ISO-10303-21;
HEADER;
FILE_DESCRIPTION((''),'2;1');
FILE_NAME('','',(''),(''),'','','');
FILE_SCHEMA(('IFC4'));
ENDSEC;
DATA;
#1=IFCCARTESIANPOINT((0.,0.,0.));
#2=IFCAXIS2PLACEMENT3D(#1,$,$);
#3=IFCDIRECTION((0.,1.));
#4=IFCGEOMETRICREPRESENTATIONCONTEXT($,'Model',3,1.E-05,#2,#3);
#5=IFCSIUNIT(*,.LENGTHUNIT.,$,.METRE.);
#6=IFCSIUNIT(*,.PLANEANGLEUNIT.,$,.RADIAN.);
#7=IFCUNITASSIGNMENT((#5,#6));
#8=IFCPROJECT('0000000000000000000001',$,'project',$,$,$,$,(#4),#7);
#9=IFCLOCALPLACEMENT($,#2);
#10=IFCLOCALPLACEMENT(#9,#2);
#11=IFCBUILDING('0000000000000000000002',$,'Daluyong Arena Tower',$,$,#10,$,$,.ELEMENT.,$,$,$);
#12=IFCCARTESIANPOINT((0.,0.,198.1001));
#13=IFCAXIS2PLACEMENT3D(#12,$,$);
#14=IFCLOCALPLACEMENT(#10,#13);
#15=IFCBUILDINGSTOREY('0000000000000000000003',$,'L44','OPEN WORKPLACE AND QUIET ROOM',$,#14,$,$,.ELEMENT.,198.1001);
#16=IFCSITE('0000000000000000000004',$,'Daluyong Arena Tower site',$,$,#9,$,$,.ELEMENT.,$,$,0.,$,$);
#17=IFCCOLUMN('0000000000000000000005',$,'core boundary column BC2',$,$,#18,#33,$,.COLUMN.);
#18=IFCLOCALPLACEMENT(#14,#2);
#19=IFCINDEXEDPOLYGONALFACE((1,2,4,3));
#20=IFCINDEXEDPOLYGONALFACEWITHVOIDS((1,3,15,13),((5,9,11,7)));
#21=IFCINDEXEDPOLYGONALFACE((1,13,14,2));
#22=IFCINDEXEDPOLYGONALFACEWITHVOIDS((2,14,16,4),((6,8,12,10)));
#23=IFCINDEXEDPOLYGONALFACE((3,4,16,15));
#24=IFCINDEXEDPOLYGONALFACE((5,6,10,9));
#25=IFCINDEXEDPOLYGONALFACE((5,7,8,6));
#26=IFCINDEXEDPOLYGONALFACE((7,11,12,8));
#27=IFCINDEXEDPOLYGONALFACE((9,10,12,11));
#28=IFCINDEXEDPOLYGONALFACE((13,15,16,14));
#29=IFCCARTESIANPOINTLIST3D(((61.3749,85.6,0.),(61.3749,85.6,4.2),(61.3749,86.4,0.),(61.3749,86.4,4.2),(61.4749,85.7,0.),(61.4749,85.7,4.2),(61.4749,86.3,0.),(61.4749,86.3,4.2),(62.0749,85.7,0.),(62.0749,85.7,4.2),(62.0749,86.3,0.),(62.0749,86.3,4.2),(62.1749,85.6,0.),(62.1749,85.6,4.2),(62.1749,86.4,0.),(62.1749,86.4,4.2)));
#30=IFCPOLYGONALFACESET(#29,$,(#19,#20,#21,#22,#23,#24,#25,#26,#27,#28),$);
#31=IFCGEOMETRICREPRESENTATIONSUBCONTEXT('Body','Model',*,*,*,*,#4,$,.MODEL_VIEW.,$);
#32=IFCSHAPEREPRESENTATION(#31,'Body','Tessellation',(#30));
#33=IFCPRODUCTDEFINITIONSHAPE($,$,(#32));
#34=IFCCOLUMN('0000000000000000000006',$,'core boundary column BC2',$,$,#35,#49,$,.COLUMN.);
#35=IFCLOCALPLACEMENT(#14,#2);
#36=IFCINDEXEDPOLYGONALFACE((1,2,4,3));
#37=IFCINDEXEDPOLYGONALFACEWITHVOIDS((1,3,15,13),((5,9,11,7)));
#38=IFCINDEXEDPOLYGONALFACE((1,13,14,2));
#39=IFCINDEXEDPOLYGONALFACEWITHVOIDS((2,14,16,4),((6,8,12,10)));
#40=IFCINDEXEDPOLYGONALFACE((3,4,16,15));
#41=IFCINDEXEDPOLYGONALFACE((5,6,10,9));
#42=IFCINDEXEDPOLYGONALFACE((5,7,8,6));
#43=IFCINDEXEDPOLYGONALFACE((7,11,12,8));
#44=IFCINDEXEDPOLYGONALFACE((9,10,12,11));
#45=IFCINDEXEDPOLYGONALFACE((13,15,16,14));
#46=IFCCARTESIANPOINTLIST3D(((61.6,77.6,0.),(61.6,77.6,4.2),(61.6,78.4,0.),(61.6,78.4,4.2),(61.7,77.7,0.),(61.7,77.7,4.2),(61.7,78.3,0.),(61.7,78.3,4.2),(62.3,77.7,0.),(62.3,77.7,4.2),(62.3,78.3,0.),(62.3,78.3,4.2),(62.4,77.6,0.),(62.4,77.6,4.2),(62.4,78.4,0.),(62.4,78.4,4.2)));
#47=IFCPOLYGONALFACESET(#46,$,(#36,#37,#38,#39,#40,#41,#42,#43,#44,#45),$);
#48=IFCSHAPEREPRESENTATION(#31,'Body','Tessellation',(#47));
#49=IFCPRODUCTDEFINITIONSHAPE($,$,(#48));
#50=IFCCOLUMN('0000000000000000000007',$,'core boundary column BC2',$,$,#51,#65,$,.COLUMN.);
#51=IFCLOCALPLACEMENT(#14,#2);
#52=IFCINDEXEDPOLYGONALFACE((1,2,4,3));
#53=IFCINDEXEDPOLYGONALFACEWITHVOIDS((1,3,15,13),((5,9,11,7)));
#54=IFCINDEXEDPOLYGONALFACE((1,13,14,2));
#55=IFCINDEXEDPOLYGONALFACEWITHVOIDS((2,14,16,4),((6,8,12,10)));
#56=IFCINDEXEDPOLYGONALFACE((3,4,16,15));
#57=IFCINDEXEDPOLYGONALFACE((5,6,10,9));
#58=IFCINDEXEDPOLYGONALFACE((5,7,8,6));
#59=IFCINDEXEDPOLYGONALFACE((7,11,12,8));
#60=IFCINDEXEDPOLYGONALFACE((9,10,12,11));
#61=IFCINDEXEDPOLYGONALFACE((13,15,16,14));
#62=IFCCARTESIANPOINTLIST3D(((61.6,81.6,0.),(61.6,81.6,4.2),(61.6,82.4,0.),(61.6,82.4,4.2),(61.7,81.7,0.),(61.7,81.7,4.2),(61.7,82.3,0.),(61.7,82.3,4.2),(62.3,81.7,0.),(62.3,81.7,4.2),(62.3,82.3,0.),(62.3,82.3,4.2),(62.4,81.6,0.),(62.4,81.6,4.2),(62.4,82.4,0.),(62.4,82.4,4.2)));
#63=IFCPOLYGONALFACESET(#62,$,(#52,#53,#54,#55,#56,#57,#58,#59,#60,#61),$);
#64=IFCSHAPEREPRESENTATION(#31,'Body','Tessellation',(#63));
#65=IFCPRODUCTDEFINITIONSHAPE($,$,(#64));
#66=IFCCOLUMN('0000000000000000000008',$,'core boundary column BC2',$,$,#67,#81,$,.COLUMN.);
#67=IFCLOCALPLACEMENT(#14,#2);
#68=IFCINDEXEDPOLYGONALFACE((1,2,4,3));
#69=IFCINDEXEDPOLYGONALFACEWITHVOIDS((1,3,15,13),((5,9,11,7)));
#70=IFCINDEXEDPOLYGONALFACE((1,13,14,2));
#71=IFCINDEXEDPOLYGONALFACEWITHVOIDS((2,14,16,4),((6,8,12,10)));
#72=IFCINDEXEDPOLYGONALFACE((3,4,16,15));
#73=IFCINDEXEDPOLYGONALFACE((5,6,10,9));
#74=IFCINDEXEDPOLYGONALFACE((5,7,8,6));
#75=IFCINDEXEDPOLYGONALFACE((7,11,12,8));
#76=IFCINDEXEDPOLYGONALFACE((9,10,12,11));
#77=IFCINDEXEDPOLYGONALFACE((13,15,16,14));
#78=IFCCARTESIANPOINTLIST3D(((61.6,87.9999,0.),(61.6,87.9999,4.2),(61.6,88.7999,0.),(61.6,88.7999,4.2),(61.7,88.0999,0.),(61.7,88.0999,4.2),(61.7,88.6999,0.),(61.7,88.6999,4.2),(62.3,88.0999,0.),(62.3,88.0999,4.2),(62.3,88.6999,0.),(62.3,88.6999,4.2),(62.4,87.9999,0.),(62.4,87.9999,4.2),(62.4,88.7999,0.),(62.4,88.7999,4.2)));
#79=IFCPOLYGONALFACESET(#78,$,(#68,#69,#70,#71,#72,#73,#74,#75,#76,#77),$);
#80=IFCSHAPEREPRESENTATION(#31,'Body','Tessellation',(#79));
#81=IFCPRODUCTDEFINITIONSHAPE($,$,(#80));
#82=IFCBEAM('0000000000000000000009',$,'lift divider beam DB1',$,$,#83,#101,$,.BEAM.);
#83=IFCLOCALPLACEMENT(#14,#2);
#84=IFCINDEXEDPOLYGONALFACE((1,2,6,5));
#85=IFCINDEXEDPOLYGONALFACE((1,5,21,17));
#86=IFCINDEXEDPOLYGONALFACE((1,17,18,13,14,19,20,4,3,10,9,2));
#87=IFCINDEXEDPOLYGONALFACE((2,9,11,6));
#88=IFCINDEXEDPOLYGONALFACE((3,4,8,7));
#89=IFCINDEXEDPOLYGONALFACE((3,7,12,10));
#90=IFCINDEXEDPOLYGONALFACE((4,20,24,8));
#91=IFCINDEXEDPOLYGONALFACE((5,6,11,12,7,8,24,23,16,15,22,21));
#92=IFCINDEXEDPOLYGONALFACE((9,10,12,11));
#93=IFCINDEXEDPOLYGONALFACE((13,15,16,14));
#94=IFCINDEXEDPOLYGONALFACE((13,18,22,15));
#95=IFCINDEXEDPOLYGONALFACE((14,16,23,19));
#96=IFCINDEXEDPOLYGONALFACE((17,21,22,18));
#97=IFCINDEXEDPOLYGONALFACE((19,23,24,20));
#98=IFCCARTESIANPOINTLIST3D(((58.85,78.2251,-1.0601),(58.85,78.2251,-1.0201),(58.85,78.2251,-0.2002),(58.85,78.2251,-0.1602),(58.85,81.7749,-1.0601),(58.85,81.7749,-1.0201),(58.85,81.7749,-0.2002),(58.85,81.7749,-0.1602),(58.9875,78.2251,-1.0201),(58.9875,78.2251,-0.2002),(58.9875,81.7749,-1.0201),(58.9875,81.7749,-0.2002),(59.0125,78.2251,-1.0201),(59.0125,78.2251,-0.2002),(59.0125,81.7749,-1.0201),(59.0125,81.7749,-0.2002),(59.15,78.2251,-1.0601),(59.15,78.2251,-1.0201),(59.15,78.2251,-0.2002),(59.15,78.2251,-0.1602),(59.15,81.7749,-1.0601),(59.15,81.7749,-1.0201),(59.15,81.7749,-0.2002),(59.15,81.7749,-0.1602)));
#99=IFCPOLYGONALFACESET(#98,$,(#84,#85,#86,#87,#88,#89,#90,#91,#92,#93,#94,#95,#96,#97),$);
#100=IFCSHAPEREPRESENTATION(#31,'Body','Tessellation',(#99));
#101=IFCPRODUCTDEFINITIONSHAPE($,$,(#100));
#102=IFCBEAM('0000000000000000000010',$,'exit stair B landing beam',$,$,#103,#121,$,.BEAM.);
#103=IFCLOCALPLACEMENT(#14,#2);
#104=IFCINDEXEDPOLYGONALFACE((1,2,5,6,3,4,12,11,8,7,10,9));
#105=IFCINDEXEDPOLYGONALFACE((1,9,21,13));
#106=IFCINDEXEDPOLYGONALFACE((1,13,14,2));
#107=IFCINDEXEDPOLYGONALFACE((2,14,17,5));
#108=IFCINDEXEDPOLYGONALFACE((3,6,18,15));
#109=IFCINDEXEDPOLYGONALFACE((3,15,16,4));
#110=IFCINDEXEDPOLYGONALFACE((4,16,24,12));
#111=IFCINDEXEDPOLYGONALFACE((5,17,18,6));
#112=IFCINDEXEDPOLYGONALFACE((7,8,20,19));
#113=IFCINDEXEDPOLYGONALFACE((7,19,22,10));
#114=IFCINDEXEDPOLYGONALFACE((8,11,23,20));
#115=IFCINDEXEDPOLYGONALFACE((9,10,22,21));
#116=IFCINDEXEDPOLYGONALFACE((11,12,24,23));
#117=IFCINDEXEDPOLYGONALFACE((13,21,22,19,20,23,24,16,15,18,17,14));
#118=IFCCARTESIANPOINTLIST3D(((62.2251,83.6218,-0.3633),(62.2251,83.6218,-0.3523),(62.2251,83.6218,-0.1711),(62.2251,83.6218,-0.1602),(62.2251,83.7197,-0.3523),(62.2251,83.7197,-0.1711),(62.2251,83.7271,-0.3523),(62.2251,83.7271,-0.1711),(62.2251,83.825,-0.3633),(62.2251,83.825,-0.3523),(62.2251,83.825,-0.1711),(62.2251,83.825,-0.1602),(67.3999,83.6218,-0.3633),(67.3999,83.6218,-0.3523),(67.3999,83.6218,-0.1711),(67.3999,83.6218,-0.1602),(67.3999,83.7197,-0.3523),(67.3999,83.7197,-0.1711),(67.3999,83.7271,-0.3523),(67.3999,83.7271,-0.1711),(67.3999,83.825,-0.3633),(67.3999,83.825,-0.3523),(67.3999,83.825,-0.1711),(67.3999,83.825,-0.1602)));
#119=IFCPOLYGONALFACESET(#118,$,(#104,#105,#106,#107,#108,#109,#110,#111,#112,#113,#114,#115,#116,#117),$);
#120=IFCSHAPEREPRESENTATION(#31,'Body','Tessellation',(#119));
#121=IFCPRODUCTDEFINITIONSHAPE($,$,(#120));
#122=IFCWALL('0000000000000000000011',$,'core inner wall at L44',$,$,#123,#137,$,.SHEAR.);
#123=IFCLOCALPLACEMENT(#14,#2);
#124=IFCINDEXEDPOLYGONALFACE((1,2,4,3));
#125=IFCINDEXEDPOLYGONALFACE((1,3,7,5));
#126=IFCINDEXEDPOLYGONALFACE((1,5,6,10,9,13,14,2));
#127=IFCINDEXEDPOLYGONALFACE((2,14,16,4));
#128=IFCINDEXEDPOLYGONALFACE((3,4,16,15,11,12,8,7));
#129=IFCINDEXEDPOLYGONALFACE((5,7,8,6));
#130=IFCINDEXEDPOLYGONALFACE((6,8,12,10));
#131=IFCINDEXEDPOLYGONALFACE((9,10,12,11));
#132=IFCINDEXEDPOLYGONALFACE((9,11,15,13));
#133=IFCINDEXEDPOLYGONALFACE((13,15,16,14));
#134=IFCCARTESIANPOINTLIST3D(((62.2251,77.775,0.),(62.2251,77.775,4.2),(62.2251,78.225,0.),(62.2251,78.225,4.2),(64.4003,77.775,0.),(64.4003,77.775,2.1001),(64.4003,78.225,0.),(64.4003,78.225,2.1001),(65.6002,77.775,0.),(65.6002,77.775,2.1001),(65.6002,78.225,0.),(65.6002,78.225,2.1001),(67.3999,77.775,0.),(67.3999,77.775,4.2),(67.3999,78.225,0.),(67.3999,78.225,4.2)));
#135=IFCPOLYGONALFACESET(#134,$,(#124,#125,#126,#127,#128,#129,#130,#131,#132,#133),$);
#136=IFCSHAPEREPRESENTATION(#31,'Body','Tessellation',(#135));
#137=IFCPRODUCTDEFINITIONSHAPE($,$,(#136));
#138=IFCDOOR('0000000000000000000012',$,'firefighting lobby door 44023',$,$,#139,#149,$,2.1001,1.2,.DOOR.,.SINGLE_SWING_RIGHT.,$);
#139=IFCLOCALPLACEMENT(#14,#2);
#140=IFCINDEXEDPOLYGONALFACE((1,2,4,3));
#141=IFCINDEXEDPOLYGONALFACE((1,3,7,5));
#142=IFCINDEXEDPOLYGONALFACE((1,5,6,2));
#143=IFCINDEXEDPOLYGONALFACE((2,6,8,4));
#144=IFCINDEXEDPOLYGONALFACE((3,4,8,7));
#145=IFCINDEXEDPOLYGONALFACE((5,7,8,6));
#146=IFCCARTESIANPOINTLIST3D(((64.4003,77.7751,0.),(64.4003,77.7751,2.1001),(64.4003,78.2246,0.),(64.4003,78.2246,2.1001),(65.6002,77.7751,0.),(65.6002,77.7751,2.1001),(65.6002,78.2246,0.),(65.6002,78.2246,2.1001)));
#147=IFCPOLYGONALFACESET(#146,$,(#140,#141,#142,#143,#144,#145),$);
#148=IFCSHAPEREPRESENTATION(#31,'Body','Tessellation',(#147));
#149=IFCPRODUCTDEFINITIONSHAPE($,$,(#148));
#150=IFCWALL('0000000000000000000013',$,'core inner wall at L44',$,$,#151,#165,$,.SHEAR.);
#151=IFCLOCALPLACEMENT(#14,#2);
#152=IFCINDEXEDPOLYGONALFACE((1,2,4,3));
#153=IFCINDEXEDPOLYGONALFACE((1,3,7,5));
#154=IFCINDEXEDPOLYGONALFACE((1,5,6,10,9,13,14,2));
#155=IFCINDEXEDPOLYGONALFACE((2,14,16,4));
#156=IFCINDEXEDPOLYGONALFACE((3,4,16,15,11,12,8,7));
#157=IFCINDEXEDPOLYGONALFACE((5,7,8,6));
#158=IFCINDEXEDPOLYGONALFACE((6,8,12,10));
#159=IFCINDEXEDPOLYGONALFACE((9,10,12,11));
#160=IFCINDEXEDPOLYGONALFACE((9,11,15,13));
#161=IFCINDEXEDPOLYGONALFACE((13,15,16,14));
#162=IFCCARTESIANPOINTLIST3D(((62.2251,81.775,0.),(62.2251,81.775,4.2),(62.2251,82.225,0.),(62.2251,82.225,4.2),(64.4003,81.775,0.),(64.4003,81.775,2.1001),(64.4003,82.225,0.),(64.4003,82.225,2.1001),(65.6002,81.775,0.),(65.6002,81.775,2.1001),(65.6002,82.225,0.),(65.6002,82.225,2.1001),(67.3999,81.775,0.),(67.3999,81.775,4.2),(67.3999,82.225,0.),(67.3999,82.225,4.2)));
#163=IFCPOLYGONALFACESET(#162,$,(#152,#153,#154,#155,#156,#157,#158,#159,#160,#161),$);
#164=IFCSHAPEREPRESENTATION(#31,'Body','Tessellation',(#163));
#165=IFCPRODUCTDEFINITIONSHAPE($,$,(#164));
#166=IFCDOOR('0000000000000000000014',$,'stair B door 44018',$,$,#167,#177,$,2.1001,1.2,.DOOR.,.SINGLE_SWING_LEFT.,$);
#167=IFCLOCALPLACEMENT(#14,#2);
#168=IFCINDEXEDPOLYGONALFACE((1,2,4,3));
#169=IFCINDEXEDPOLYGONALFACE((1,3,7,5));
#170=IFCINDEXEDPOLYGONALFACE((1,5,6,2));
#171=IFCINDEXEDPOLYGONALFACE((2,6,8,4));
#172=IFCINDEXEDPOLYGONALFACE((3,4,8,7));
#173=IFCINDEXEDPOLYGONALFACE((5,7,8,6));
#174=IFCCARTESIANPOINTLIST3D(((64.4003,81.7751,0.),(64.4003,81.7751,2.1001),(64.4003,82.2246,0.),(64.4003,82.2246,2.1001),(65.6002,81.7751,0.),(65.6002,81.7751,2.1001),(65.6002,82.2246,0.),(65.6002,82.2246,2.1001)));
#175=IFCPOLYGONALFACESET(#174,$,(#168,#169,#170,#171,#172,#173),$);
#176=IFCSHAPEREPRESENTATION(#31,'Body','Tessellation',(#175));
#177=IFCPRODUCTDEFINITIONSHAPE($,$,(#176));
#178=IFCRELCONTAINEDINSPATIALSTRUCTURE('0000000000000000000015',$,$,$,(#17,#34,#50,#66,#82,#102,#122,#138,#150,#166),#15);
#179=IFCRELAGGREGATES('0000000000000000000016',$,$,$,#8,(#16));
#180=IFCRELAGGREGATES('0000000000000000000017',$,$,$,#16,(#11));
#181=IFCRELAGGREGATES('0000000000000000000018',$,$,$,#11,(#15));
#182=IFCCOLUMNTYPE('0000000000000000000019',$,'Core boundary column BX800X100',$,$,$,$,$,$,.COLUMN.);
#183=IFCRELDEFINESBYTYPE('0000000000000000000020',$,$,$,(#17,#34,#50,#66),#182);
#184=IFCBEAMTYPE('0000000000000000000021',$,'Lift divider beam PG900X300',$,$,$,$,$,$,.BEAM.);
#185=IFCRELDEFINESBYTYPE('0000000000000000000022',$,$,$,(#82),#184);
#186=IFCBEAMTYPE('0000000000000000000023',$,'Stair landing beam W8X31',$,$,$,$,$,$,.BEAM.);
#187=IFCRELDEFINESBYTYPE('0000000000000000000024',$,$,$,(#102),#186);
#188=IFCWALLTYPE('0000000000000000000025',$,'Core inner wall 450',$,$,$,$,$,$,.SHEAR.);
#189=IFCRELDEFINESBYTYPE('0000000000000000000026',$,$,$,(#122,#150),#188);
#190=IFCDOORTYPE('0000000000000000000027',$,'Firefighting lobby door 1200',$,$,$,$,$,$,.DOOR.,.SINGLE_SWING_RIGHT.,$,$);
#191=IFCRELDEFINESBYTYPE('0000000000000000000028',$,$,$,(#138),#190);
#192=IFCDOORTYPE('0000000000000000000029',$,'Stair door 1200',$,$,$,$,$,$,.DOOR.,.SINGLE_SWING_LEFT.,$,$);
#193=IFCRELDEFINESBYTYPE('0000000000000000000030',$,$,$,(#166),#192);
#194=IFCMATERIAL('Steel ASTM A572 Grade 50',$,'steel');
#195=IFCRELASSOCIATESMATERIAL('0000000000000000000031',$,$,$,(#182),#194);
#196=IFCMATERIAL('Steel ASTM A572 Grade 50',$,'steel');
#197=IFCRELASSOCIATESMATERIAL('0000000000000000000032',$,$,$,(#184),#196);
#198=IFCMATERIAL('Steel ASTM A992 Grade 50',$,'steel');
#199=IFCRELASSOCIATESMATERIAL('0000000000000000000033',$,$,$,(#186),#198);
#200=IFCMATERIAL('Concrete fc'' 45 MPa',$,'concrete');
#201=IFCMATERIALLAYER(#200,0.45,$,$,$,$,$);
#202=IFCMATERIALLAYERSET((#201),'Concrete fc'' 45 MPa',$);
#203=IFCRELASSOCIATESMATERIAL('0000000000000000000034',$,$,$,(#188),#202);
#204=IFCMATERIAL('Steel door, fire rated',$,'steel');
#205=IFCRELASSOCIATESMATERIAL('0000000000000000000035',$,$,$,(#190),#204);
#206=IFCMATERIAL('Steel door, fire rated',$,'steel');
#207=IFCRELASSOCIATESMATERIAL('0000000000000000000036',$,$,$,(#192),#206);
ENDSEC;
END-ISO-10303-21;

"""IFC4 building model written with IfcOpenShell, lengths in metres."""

from ifc_helpers import new_model, si_unit, direction, frame, frame_2d, origin, origin_2d, place, context, subcontext, project, spatial, rectangle, hollow_rectangle, i_section, extrude, material, layer, layer_set, material_profile, profile_set, type_object, element, fill, save


model = new_model("IFC4")

# Units and contexts
model_context = context("Model", 3, precision=1e-05, world=origin(), true_north=direction((0.0, 1.0)))
body_context = subcontext(model_context, "Body", "Model", "MODEL_VIEW")
ifc_project = project(units=[si_unit("LENGTHUNIT", "METRE"), si_unit("PLANEANGLEUNIT", "RADIAN")], contexts=[model_context])

# Site, building, storey
site_placement = place(None, origin())
site = spatial("IfcSite", under=ifc_project, at=site_placement, Name="Daluyong Arena Tower site", CompositionType="ELEMENT", RefElevation=0.0)
building_placement = place(site_placement, origin())
building = spatial("IfcBuilding", under=site, at=building_placement, Name="Daluyong Arena Tower", CompositionType="ELEMENT")
storey_placement = place(building_placement, frame((0.0, 0.0, 198.1001)))
storey = spatial("IfcBuildingStorey", under=building, at=storey_placement, Name="L44", Description="OPEN WORKPLACE AND QUIET ROOM", CompositionType="ELEMENT", Elevation=198.1001)

# Columns
ifc_material_1 = material(Name="Steel ASTM A572 Grade 50", Category="steel")
ifc_material_profile_1 = material_profile(ifc_material_1, hollow_rectangle(XDim=0.8, YDim=0.8, WallThickness=0.1, at=origin_2d()))
ifc_profile_set_1 = profile_set([ifc_material_profile_1], Name="Steel ASTM A572 Grade 50")
column_type = type_object("IfcColumnType", Name="Core boundary column BX800X100", PredefinedType="COLUMN", material=ifc_profile_set_1)
for number, where, z_axis, x_axis, name in (
    (1, (61.7749, 86.0, 0.0), (0.0, 0.0, 1.0), (1.0, 0.0, 0.0), "core boundary column BC2"),
    (2, (62.0, 78.0, 0.0), (0.0, 0.0, 1.0), (1.0, 0.0, 0.0), "core boundary column BC2"),
    (3, (62.0, 82.0, 0.0), (0.0, 0.0, 1.0), (1.0, 0.0, 0.0), "core boundary column BC2"),
    (4, (62.0, 88.3999, 0.0), (0.0, 0.0, 1.0), (1.0, 0.0, 0.0), "core boundary column BC2"),
):
    element("IfcColumn", number, at=place(storey_placement, frame(where, z_axis=z_axis, x_axis=x_axis)), inside=storey, type_object=column_type, Name=name, PredefinedType="COLUMN", context=body_context, shape_type="SweptSolid", body=[
        extrude(hollow_rectangle(XDim=0.8, YDim=0.8, WallThickness=0.1, at=origin_2d()), origin(), (0.0, 0.0, 1.0), 4.2),
    ])

# Beams
ifc_material_2 = material(Name="Steel ASTM A572 Grade 50", Category="steel")
ifc_material_profile_2 = material_profile(ifc_material_2, i_section(OverallWidth=0.3, OverallDepth=0.8999, WebThickness=0.025, FlangeThickness=0.04, at=origin_2d()))
ifc_profile_set_2 = profile_set([ifc_material_profile_2], Name="Steel ASTM A572 Grade 50")
beam_type_1 = type_object("IfcBeamType", Name="Lift divider beam PG900X300", PredefinedType="BEAM", material=ifc_profile_set_2)
beam_1_placement = place(storey_placement, frame((59.0, 78.2251, -0.6101), z_axis=(0.0, 1.0, 0.0), x_axis=(-1.0, 0.0, 0.0)))
element("IfcBeam", 5, at=beam_1_placement, inside=storey, type_object=beam_type_1, Name="lift divider beam DB1", PredefinedType="BEAM", context=body_context, shape_type="SweptSolid", body=[
    extrude(i_section(OverallWidth=0.3, OverallDepth=0.8999, WebThickness=0.025, FlangeThickness=0.04, at=origin_2d()), origin(), (0.0, 0.0, 1.0), 3.5498),
])
ifc_material_3 = material(Name="Steel ASTM A992 Grade 50", Category="steel")
ifc_material_profile_3 = material_profile(ifc_material_3, i_section(OverallWidth=0.2031, OverallDepth=0.2031, WebThickness=0.0073, FlangeThickness=0.011, at=origin_2d()))
ifc_profile_set_3 = profile_set([ifc_material_profile_3], Name="Steel ASTM A992 Grade 50")
beam_type_2 = type_object("IfcBeamType", Name="Stair landing beam W8X31", PredefinedType="BEAM", material=ifc_profile_set_3)
beam_2_placement = place(storey_placement, frame((62.2251, 83.7234, -0.2617), z_axis=(1.0, 0.0, 0.0), x_axis=(0.0, 1.0, 0.0)))
element("IfcBeam", 6, at=beam_2_placement, inside=storey, type_object=beam_type_2, Name="exit stair B landing beam", PredefinedType="BEAM", context=body_context, shape_type="SweptSolid", body=[
    extrude(i_section(OverallWidth=0.2031, OverallDepth=0.2031, WebThickness=0.0073, FlangeThickness=0.011, at=origin_2d()), origin(), (0.0, 0.0, 1.0), 5.1748),
])

# Walls, openings, doors
ifc_material_4 = material(Name="Concrete fc' 45 MPa", Category="concrete")
ifc_layer_1 = layer(ifc_material_4, 0.45)
ifc_layer_set_1 = layer_set([ifc_layer_1], Name="Concrete fc' 45 MPa")
wall_type_1 = type_object("IfcWallType", Name="Core inner wall 450", PredefinedType="SHEAR", material=ifc_layer_set_1)
wall_1_placement = place(storey_placement, frame((62.2251, 78.0, 0.0), z_axis=(0.0, 0.0, 1.0), x_axis=(1.0, 0.0, 0.0)))
wall_1 = element("IfcWall", 7, at=wall_1_placement, inside=storey, type_object=wall_type_1, Name="core inner wall at L44", PredefinedType="SHEAR", context=body_context, shape_type="SweptSolid", body=[
    extrude(rectangle(XDim=5.1748, YDim=0.45, at=frame_2d((2.5874, 0.0))), origin(), (0.0, 0.0, 1.0), 4.2),
])
opening_1_placement = place(wall_1_placement, frame((2.175, 0.0, 0.0)))
opening_1 = element("IfcOpeningElement", 8, at=opening_1_placement, cuts=wall_1, PredefinedType="OPENING", context=body_context, shape_type="SweptSolid", body=[
    extrude(rectangle(XDim=1.2, YDim=2.1001, at=frame_2d((0.6001, 1.05))), frame((0.0, 0.2349, 0.0), z_axis=(0.0, -1.0, 0.0), x_axis=(1.0, 0.0, 0.0)), (0.0, 0.0, 1.0), 0.47),
])
ifc_material_5 = material(Name="Steel door, fire rated", Category="steel")
door_type_1 = type_object("IfcDoorType", Name="Firefighting lobby door 1200", OperationType="SINGLE_SWING_RIGHT", PredefinedType="DOOR", material=ifc_material_5)
door_1_placement = place(opening_1_placement, origin())
door_1 = element("IfcDoor", 9, at=door_1_placement, inside=storey, type_object=door_type_1, Name="firefighting lobby door 44023", OperationType="SINGLE_SWING_RIGHT", OverallHeight=2.1001, OverallWidth=1.2, PredefinedType="DOOR", context=body_context, shape_type="SweptSolid", body=[
    extrude(rectangle(XDim=1.2, YDim=2.1001, at=frame_2d((0.6001, 1.05))), frame((0.0, 0.2246, 0.0), z_axis=(0.0, -1.0, 0.0), x_axis=(1.0, 0.0, 0.0)), (0.0, 0.0, 1.0), 0.4495),
])
fill(opening_1, door_1)
wall_2_placement = place(storey_placement, frame((62.2251, 82.0, 0.0), z_axis=(0.0, 0.0, 1.0), x_axis=(1.0, 0.0, 0.0)))
wall_2 = element("IfcWall", 10, at=wall_2_placement, inside=storey, type_object=wall_type_1, Name="core inner wall at L44", PredefinedType="SHEAR", context=body_context, shape_type="SweptSolid", body=[
    extrude(rectangle(XDim=5.1748, YDim=0.45, at=frame_2d((2.5874, 0.0))), origin(), (0.0, 0.0, 1.0), 4.2),
])
opening_2_placement = place(wall_2_placement, frame((2.175, 0.0, 0.0)))
opening_2 = element("IfcOpeningElement", 11, at=opening_2_placement, cuts=wall_2, PredefinedType="OPENING", context=body_context, shape_type="SweptSolid", body=[
    extrude(rectangle(XDim=1.2, YDim=2.1001, at=frame_2d((0.6001, 1.05))), frame((0.0, 0.2349, 0.0), z_axis=(0.0, -1.0, 0.0), x_axis=(1.0, 0.0, 0.0)), (0.0, 0.0, 1.0), 0.47),
])
ifc_material_6 = material(Name="Steel door, fire rated", Category="steel")
door_type_2 = type_object("IfcDoorType", Name="Stair door 1200", OperationType="SINGLE_SWING_LEFT", PredefinedType="DOOR", material=ifc_material_6)
door_2_placement = place(opening_2_placement, origin())
door_2 = element("IfcDoor", 12, at=door_2_placement, inside=storey, type_object=door_type_2, Name="stair B door 44018", OperationType="SINGLE_SWING_LEFT", OverallHeight=2.1001, OverallWidth=1.2, PredefinedType="DOOR", context=body_context, shape_type="SweptSolid", body=[
    extrude(rectangle(XDim=1.2, YDim=2.1001, at=frame_2d((0.6001, 1.05))), frame((0.0, 0.2246, 0.0), z_axis=(0.0, -1.0, 0.0), x_axis=(1.0, 0.0, 0.0)), (0.0, 0.0, 1.0), 0.4495),
])
fill(opening_2, door_2)

save(model, "model.ifc")
